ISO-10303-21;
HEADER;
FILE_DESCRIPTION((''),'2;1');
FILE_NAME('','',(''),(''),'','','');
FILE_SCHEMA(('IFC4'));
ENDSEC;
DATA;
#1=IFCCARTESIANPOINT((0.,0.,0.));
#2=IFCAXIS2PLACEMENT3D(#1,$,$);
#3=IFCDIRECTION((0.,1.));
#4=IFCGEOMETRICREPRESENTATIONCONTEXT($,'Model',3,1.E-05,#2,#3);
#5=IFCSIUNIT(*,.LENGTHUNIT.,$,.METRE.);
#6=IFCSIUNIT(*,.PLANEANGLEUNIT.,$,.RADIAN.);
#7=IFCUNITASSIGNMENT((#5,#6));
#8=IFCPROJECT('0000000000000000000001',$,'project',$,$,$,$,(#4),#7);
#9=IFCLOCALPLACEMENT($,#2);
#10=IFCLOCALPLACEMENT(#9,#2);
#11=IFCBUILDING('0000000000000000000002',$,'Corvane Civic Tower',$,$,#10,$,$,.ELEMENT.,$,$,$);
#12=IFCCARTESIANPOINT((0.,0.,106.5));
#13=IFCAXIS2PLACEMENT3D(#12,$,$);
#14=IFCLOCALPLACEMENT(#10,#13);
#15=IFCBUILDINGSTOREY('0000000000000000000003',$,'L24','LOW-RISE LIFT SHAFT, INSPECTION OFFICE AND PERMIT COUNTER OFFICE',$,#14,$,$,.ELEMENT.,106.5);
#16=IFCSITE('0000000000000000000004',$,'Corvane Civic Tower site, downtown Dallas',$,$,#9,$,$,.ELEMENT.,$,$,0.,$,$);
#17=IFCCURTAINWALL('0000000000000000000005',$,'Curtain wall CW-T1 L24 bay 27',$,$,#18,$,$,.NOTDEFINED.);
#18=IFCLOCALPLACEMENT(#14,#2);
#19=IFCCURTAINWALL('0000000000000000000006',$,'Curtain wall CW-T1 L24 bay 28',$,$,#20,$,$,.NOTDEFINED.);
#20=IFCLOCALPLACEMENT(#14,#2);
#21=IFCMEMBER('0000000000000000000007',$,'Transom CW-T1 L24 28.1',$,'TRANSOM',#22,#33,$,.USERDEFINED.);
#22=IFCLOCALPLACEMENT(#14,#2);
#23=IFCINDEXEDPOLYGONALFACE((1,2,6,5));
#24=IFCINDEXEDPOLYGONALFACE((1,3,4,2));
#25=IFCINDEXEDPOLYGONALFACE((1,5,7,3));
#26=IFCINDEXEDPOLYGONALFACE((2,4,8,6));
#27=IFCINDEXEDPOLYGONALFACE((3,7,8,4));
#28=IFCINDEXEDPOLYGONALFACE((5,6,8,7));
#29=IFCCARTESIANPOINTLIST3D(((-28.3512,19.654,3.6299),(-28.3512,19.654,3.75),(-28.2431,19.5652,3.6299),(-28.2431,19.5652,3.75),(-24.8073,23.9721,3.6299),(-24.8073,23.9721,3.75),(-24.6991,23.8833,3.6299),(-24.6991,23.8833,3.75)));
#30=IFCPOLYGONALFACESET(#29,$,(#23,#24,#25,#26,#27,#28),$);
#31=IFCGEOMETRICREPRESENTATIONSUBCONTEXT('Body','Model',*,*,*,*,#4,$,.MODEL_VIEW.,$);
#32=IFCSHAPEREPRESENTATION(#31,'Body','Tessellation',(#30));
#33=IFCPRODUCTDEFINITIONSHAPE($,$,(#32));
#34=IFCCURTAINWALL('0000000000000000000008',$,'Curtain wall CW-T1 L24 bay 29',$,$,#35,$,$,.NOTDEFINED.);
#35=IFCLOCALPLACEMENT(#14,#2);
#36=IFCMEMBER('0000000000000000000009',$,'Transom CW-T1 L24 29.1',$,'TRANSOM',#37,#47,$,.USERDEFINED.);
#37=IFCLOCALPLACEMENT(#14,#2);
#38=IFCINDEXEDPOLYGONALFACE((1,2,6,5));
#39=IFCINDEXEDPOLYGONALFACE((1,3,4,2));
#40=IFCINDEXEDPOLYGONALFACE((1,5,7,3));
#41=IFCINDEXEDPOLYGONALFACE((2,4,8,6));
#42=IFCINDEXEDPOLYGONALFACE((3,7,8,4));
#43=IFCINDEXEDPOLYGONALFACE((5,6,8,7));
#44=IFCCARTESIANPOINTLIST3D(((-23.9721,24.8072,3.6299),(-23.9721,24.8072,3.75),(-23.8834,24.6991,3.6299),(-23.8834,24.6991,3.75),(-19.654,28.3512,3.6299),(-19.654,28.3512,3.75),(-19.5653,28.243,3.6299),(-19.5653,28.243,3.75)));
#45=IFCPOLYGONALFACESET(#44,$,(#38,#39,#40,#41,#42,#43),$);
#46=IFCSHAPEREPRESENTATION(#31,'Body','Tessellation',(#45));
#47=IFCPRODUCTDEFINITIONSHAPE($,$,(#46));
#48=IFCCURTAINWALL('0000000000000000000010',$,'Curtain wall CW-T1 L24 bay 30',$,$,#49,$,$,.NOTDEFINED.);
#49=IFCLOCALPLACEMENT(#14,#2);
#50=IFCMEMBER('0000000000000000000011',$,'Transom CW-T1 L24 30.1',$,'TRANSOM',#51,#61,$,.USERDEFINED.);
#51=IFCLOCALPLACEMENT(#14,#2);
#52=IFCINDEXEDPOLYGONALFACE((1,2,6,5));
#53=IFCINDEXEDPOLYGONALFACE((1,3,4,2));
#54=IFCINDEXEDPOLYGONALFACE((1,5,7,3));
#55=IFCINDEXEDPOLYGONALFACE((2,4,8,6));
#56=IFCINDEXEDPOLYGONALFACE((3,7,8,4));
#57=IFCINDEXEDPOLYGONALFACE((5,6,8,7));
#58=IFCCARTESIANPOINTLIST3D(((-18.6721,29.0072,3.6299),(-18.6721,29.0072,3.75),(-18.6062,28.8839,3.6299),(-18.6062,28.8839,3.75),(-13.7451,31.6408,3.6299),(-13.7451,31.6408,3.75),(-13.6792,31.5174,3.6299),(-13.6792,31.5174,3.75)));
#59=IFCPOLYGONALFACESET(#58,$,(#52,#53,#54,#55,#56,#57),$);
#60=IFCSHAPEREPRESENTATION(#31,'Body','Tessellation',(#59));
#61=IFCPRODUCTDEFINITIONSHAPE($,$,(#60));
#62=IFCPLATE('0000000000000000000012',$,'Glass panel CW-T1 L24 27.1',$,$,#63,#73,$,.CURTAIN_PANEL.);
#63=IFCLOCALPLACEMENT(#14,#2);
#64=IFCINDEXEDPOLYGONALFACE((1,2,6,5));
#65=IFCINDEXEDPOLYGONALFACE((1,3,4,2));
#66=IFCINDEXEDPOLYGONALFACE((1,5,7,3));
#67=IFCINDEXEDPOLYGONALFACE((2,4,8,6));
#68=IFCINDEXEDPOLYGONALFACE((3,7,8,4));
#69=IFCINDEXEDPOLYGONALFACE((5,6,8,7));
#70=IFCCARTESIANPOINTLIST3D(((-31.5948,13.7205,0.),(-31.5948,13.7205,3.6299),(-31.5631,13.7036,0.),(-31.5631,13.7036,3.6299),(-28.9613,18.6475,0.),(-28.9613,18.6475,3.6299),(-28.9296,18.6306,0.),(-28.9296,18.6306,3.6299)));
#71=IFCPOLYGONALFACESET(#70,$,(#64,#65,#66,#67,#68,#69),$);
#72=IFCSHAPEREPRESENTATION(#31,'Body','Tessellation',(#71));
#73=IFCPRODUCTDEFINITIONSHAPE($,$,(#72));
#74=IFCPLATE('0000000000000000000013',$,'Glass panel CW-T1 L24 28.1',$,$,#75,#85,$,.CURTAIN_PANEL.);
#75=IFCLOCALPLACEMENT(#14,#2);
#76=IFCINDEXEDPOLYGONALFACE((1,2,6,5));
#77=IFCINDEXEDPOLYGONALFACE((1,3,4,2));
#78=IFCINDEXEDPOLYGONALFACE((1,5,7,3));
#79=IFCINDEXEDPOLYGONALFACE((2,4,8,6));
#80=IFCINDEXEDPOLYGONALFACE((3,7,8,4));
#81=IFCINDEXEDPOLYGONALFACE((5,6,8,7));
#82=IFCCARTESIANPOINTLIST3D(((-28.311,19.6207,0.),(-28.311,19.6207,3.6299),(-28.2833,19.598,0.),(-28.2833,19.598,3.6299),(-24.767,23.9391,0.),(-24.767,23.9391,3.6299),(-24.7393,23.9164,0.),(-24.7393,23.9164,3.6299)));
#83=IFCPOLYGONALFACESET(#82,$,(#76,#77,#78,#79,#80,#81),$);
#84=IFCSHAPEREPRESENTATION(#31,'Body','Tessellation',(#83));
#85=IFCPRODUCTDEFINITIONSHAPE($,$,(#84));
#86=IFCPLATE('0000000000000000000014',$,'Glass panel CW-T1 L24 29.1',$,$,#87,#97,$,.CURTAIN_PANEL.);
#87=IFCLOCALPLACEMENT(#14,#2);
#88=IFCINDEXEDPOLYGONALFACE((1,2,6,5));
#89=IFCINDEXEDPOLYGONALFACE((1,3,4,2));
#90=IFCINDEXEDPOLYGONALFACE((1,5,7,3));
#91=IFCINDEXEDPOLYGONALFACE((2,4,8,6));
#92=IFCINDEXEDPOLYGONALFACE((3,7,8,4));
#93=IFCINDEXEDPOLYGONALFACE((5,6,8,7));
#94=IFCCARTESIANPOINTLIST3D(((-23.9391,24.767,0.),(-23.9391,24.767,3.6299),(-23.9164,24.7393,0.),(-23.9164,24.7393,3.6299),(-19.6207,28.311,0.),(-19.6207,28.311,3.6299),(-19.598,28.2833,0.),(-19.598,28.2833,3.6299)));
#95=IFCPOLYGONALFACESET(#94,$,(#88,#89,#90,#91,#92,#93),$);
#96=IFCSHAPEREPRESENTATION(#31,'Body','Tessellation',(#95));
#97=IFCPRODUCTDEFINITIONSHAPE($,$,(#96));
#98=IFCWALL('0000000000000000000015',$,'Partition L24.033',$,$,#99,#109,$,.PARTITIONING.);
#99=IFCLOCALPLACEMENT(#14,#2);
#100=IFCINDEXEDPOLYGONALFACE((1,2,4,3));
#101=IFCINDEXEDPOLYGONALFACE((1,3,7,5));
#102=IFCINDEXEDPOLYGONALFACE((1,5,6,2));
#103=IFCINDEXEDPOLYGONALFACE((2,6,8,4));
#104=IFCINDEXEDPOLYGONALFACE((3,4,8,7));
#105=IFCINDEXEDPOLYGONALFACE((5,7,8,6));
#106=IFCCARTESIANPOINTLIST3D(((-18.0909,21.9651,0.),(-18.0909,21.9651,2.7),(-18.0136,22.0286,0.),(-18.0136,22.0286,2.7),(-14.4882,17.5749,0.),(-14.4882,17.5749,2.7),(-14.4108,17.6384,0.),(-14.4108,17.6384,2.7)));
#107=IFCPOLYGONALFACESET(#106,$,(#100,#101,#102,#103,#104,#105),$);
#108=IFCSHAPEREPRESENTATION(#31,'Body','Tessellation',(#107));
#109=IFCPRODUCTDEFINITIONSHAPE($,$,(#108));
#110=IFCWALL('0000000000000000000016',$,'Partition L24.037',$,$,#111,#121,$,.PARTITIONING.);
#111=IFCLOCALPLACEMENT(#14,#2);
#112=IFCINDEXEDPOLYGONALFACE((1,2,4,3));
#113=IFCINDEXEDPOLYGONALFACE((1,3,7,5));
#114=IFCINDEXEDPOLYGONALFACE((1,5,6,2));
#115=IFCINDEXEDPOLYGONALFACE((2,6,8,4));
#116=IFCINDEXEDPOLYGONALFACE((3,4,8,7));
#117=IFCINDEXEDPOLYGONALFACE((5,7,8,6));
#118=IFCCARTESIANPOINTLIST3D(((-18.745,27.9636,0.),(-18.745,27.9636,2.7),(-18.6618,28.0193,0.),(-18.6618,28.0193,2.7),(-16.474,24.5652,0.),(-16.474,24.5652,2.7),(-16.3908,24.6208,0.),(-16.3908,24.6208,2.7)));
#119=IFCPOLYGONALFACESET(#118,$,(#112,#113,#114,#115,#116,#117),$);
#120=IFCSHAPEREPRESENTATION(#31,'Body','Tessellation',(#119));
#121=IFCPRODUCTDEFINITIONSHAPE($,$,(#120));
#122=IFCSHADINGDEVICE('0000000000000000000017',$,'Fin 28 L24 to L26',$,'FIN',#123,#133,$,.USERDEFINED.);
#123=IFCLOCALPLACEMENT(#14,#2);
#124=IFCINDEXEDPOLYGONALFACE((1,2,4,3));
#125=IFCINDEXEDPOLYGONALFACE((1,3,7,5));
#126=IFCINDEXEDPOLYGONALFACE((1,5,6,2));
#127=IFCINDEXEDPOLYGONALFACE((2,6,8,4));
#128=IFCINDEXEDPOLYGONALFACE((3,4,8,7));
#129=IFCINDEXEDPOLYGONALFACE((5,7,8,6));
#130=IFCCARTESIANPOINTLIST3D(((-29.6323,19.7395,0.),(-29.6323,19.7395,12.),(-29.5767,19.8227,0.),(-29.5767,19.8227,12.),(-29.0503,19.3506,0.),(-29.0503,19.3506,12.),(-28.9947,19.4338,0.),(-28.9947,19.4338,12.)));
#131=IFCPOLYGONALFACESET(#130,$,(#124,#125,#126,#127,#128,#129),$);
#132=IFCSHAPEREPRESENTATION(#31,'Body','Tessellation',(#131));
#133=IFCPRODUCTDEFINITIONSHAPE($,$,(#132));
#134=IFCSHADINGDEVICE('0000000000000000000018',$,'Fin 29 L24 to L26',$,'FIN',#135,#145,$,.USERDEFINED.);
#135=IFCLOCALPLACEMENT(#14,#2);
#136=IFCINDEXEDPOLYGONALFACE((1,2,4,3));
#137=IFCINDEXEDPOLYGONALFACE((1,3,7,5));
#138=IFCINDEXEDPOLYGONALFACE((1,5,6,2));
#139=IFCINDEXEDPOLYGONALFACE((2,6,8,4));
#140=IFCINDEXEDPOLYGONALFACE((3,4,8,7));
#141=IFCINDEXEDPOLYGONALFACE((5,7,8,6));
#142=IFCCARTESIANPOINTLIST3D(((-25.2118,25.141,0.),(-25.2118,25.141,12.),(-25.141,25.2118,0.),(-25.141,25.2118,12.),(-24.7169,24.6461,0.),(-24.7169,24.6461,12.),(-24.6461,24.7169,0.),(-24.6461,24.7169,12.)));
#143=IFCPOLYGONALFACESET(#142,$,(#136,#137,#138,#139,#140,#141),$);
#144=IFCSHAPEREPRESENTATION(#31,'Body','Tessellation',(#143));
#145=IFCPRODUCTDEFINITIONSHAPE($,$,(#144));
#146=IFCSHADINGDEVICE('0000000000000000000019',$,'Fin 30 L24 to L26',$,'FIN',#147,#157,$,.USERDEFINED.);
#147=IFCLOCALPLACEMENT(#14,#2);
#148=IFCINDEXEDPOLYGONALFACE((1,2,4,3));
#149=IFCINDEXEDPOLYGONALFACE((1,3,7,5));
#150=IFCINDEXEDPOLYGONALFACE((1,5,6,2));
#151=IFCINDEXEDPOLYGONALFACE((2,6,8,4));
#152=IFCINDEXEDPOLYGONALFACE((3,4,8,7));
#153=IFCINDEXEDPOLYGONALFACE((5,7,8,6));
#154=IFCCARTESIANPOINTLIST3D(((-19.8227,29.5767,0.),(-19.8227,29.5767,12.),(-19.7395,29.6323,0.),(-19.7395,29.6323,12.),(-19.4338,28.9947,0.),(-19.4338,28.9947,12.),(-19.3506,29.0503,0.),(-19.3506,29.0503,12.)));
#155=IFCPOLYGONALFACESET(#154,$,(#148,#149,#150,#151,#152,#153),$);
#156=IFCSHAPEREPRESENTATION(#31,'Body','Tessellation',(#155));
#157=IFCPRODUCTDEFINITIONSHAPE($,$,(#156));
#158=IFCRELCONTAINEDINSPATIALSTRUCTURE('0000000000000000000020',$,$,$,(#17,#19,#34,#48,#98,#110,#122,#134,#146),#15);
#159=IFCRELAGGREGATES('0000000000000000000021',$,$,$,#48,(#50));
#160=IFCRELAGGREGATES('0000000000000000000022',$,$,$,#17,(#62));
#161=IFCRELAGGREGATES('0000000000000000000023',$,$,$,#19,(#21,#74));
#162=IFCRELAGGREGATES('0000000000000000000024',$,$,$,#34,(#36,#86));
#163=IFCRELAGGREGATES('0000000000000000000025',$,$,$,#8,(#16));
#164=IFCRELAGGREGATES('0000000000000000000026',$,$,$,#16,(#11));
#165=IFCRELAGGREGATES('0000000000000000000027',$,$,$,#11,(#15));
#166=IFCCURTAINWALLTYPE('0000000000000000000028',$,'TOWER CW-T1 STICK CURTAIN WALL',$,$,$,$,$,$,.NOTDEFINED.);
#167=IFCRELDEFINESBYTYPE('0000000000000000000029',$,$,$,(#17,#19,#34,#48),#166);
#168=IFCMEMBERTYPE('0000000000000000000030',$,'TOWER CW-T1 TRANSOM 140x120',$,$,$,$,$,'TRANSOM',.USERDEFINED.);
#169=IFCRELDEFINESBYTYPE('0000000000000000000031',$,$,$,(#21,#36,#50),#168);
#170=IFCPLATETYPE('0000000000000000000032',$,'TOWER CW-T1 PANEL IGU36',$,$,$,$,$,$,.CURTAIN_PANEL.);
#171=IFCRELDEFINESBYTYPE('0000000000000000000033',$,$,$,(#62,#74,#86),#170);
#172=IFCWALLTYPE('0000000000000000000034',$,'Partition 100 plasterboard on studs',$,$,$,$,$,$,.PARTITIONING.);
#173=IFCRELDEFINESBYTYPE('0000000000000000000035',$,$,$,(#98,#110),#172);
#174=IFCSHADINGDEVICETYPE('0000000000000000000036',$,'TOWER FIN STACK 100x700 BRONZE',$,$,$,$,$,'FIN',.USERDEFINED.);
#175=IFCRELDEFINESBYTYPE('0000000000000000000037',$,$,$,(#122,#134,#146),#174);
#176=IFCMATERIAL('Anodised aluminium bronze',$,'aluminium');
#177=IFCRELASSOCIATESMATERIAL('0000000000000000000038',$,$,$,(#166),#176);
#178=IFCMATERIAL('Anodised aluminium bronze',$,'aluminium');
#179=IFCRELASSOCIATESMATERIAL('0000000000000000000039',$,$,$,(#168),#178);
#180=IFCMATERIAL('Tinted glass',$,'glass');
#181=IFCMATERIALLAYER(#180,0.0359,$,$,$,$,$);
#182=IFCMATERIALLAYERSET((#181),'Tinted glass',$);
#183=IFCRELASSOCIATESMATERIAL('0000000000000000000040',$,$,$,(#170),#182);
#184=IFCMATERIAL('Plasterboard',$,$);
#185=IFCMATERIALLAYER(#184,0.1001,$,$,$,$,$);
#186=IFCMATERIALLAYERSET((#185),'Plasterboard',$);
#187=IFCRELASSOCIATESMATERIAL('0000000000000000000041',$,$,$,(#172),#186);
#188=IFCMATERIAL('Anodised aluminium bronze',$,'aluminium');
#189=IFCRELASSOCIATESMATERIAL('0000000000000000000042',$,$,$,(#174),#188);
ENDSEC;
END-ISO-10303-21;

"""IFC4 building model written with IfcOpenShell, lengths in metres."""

from ifc_helpers import new_model, si_unit, direction, frame, frame_2d, origin, origin_2d, place, context, subcontext, project, spatial, rectangle, extrude, material, layer, layer_set, material_profile, profile_set, type_object, element, aggregate, save


model = new_model("IFC4")

# Units and contexts
model_context = context("Model", 3, precision=1e-05, world=origin(), true_north=direction((0.0, 1.0)))
body_context = subcontext(model_context, "Body", "Model", "MODEL_VIEW")
ifc_project = project(units=[si_unit("LENGTHUNIT", "METRE"), si_unit("PLANEANGLEUNIT", "RADIAN")], contexts=[model_context])

# Site, building, storey
site_placement = place(None, origin())
site = spatial("IfcSite", under=ifc_project, at=site_placement, Name="Corvane Civic Tower site, downtown Dallas", CompositionType="ELEMENT", RefElevation=0.0)
building_placement = place(site_placement, origin())
building = spatial("IfcBuilding", under=site, at=building_placement, Name="Corvane Civic Tower", CompositionType="ELEMENT")
storey_placement = place(building_placement, frame((0.0, 0.0, 106.5)))
storey = spatial("IfcBuildingStorey", under=building, at=storey_placement, Name="L24", Description="LOW-RISE LIFT SHAFT, INSPECTION OFFICE AND PERMIT COUNTER OFFICE", CompositionType="ELEMENT", Elevation=106.5)

# Curtain walls, members
ifc_material_1 = material(Name="Anodised aluminium bronze", Category="aluminium")
curtain_wall_type = type_object("IfcCurtainWallType", Name="TOWER CW-T1 STICK CURTAIN WALL", PredefinedType="NOTDEFINED", material=ifc_material_1)
curtain_wall_1_placement = place(storey_placement, origin())
curtain_wall_1 = element("IfcCurtainWall", 1, at=curtain_wall_1_placement, inside=storey, type_object=curtain_wall_type, Name="Curtain wall CW-T1 L24 bay 27", PredefinedType="NOTDEFINED")
ifc_material_2 = material(Name="Anodised aluminium bronze", Category="aluminium")
ifc_material_profile_1 = material_profile(ifc_material_2, rectangle(XDim=0.1399, YDim=0.1201, at=origin_2d()), Name="TOWER CW-T1 TRANSOM 140x120")
ifc_profile_set_1 = profile_set([ifc_material_profile_1], Name="Anodised aluminium bronze")
member_type = type_object("IfcMemberType", Name="TOWER CW-T1 TRANSOM 140x120", ElementType="TRANSOM", PredefinedType="USERDEFINED", material=ifc_profile_set_1)
curtain_wall_2_placement = place(storey_placement, origin())
curtain_wall_2 = element("IfcCurtainWall", 2, at=curtain_wall_2_placement, inside=storey, type_object=curtain_wall_type, Name="Curtain wall CW-T1 L24 bay 28", PredefinedType="NOTDEFINED")
member_1_placement = place(storey_placement, frame((-28.2971, 19.6096, 3.6899), z_axis=(0.63441, 0.772996, 0.0), x_axis=(-0.772996, 0.63441, 0.0)))
member_1 = element("IfcMember", 3, at=member_1_placement, type_object=member_type, Name="Transom CW-T1 L24 28.1", ObjectType="TRANSOM", PredefinedType="USERDEFINED", context=body_context, shape_type="SweptSolid", body=[
    extrude(rectangle(XDim=0.1399, YDim=0.1201, at=origin_2d()), origin(), (0.0, 0.0, 1.0), 5.5862),
])
curtain_wall_3_placement = place(storey_placement, origin())
curtain_wall_3 = element("IfcCurtainWall", 4, at=curtain_wall_3_placement, inside=storey, type_object=curtain_wall_type, Name="Curtain wall CW-T1 L24 bay 29", PredefinedType="NOTDEFINED")
member_2_placement = place(storey_placement, frame((-23.9277, 24.7532, 3.6899), z_axis=(0.772996, 0.63441, 0.0), x_axis=(-0.63441, 0.772996, 0.0)))
member_2 = element("IfcMember", 5, at=member_2_placement, type_object=member_type, Name="Transom CW-T1 L24 29.1", ObjectType="TRANSOM", PredefinedType="USERDEFINED", context=body_context, shape_type="SweptSolid", body=[
    extrude(rectangle(XDim=0.1399, YDim=0.1201, at=origin_2d()), origin(), (0.0, 0.0, 1.0), 5.5862),
])
curtain_wall_4_placement = place(storey_placement, origin())
curtain_wall_4 = element("IfcCurtainWall", 6, at=curtain_wall_4_placement, inside=storey, type_object=curtain_wall_type, Name="Curtain wall CW-T1 L24 bay 30", PredefinedType="NOTDEFINED")
member_3_placement = place(storey_placement, frame((-18.6392, 28.9456, 3.6899), z_axis=(0.881921, 0.471398, 0.0), x_axis=(-0.471398, 0.881921, 0.0)))
member_3 = element("IfcMember", 7, at=member_3_placement, type_object=member_type, Name="Transom CW-T1 L24 30.1", ObjectType="TRANSOM", PredefinedType="USERDEFINED", context=body_context, shape_type="SweptSolid", body=[
    extrude(rectangle(XDim=0.1399, YDim=0.1201, at=origin_2d()), origin(), (0.0, 0.0, 1.0), 5.5867),
])
aggregate(curtain_wall_4, [member_3])

# Plates
ifc_material_3 = material(Name="Tinted glass", Category="glass")
ifc_layer_1 = layer(ifc_material_3, 0.0359)
ifc_layer_set_1 = layer_set([ifc_layer_1], Name="Tinted glass")
plate_type = type_object("IfcPlateType", Name="TOWER CW-T1 PANEL IGU36", PredefinedType="CURTAIN_PANEL", material=ifc_layer_set_1)
plate_1_placement = place(storey_placement, frame((-30.2622, 16.1755, 0.0), z_axis=(0.0, 0.0, 1.0), x_axis=(0.471392, 0.881924, 0.0)))
plate_1 = element("IfcPlate", 8, at=plate_1_placement, type_object=plate_type, Name="Glass panel CW-T1 L24 27.1", PredefinedType="CURTAIN_PANEL", context=body_context, shape_type="SweptSolid", body=[
    extrude(rectangle(XDim=5.5867, YDim=0.0359, at=origin_2d()), origin(), (0.0, 0.0, 1.0), 3.6299),
])
aggregate(curtain_wall_1, [plate_1])
plate_2_placement = place(storey_placement, frame((-26.5251, 21.7686, 0.0), z_axis=(0.0, 0.0, 1.0), x_axis=(0.63439, 0.773013, 0.0)))
plate_2 = element("IfcPlate", 9, at=plate_2_placement, type_object=plate_type, Name="Glass panel CW-T1 L24 28.1", PredefinedType="CURTAIN_PANEL", context=body_context, shape_type="SweptSolid", body=[
    extrude(rectangle(XDim=5.5864, YDim=0.0359, at=origin_2d()), origin(), (0.0, 0.0, 1.0), 3.6299),
])
aggregate(curtain_wall_2, [member_1, plate_2])
plate_3_placement = place(storey_placement, frame((-21.7686, 26.5251, 0.0), z_axis=(0.0, 0.0, 1.0), x_axis=(0.773013, 0.63439, 0.0)))
plate_3 = element("IfcPlate", 10, at=plate_3_placement, type_object=plate_type, Name="Glass panel CW-T1 L24 29.1", PredefinedType="CURTAIN_PANEL", context=body_context, shape_type="SweptSolid", body=[
    extrude(rectangle(XDim=5.5864, YDim=0.0359, at=origin_2d()), origin(), (0.0, 0.0, 1.0), 3.6299),
])
aggregate(curtain_wall_3, [member_2, plate_3])

# Walls
ifc_material_4 = material(Name="Plasterboard")
ifc_layer_2 = layer(ifc_material_4, 0.1001)
ifc_layer_set_2 = layer_set([ifc_layer_2], Name="Plasterboard")
wall_type = type_object("IfcWallType", Name="Partition 100 plasterboard on studs", PredefinedType="PARTITIONING", material=ifc_layer_set_2)
wall_1_placement = place(storey_placement, frame((-18.0522, 21.9968, 0.0), z_axis=(0.0, 0.0, 1.0), x_axis=(0.634382, -0.77302, 0.0)))
element("IfcWall", 11, at=wall_1_placement, inside=storey, type_object=wall_type, Name="Partition L24.033", PredefinedType="PARTITIONING", context=body_context, shape_type="SweptSolid", body=[
    extrude(rectangle(XDim=5.6792, YDim=0.1001, at=frame_2d((2.8396, 0.0))), origin(), (0.0, 0.0, 1.0), 2.7),
])
wall_2_placement = place(storey_placement, frame((-18.7034, 27.9915, 0.0), z_axis=(0.0, 0.0, 1.0), x_axis=(0.55561, -0.831443, 0.0)))
element("IfcWall", 12, at=wall_2_placement, inside=storey, type_object=wall_type, Name="Partition L24.037", PredefinedType="PARTITIONING", context=body_context, shape_type="SweptSolid", body=[
    extrude(rectangle(XDim=4.0874, YDim=0.1001, at=frame_2d((2.0437, 0.0))), origin(), (0.0, 0.0, 1.0), 2.7),
])

# Shading devices
ifc_material_5 = material(Name="Anodised aluminium bronze", Category="aluminium")
ifc_material_profile_2 = material_profile(ifc_material_5, rectangle(XDim=0.1001, YDim=0.7, at=origin_2d()), Name="TOWER FIN STACK 100x700 BRONZE")
ifc_profile_set_2 = profile_set([ifc_material_profile_2], Name="Anodised aluminium bronze")
shading_device_type = type_object("IfcShadingDeviceType", Name="TOWER FIN STACK 100x700 BRONZE", ElementType="FIN", PredefinedType="USERDEFINED", material=ifc_profile_set_2)
for number, where, z_axis, x_axis, name in (
    (13, (-29.3135, 19.5867, 0.0), (0.0, 0.0, 1.0), (0.55557, 0.83147, 0.0), "Fin 28 L24 to L26"),
    (14, (-24.929, 24.929, 0.0), (0.0, 0.0, 1.0), (0.707107, 0.707107, 0.0), "Fin 29 L24 to L26"),
    (15, (-19.5867, 29.3135, 0.0), (0.0, 0.0, 1.0), (0.83147, 0.55557, 0.0), "Fin 30 L24 to L26"),
):
    element("IfcShadingDevice", number, at=place(storey_placement, frame(where, z_axis=z_axis, x_axis=x_axis)), inside=storey, type_object=shading_device_type, Name=name, ObjectType="FIN", PredefinedType="USERDEFINED", context=body_context, shape_type="SweptSolid", body=[
        extrude(rectangle(XDim=0.1001, YDim=0.7, at=origin_2d()), origin(), (0.0, 0.0, 1.0), 12.0),
    ])

save(model, "model.ifc")
